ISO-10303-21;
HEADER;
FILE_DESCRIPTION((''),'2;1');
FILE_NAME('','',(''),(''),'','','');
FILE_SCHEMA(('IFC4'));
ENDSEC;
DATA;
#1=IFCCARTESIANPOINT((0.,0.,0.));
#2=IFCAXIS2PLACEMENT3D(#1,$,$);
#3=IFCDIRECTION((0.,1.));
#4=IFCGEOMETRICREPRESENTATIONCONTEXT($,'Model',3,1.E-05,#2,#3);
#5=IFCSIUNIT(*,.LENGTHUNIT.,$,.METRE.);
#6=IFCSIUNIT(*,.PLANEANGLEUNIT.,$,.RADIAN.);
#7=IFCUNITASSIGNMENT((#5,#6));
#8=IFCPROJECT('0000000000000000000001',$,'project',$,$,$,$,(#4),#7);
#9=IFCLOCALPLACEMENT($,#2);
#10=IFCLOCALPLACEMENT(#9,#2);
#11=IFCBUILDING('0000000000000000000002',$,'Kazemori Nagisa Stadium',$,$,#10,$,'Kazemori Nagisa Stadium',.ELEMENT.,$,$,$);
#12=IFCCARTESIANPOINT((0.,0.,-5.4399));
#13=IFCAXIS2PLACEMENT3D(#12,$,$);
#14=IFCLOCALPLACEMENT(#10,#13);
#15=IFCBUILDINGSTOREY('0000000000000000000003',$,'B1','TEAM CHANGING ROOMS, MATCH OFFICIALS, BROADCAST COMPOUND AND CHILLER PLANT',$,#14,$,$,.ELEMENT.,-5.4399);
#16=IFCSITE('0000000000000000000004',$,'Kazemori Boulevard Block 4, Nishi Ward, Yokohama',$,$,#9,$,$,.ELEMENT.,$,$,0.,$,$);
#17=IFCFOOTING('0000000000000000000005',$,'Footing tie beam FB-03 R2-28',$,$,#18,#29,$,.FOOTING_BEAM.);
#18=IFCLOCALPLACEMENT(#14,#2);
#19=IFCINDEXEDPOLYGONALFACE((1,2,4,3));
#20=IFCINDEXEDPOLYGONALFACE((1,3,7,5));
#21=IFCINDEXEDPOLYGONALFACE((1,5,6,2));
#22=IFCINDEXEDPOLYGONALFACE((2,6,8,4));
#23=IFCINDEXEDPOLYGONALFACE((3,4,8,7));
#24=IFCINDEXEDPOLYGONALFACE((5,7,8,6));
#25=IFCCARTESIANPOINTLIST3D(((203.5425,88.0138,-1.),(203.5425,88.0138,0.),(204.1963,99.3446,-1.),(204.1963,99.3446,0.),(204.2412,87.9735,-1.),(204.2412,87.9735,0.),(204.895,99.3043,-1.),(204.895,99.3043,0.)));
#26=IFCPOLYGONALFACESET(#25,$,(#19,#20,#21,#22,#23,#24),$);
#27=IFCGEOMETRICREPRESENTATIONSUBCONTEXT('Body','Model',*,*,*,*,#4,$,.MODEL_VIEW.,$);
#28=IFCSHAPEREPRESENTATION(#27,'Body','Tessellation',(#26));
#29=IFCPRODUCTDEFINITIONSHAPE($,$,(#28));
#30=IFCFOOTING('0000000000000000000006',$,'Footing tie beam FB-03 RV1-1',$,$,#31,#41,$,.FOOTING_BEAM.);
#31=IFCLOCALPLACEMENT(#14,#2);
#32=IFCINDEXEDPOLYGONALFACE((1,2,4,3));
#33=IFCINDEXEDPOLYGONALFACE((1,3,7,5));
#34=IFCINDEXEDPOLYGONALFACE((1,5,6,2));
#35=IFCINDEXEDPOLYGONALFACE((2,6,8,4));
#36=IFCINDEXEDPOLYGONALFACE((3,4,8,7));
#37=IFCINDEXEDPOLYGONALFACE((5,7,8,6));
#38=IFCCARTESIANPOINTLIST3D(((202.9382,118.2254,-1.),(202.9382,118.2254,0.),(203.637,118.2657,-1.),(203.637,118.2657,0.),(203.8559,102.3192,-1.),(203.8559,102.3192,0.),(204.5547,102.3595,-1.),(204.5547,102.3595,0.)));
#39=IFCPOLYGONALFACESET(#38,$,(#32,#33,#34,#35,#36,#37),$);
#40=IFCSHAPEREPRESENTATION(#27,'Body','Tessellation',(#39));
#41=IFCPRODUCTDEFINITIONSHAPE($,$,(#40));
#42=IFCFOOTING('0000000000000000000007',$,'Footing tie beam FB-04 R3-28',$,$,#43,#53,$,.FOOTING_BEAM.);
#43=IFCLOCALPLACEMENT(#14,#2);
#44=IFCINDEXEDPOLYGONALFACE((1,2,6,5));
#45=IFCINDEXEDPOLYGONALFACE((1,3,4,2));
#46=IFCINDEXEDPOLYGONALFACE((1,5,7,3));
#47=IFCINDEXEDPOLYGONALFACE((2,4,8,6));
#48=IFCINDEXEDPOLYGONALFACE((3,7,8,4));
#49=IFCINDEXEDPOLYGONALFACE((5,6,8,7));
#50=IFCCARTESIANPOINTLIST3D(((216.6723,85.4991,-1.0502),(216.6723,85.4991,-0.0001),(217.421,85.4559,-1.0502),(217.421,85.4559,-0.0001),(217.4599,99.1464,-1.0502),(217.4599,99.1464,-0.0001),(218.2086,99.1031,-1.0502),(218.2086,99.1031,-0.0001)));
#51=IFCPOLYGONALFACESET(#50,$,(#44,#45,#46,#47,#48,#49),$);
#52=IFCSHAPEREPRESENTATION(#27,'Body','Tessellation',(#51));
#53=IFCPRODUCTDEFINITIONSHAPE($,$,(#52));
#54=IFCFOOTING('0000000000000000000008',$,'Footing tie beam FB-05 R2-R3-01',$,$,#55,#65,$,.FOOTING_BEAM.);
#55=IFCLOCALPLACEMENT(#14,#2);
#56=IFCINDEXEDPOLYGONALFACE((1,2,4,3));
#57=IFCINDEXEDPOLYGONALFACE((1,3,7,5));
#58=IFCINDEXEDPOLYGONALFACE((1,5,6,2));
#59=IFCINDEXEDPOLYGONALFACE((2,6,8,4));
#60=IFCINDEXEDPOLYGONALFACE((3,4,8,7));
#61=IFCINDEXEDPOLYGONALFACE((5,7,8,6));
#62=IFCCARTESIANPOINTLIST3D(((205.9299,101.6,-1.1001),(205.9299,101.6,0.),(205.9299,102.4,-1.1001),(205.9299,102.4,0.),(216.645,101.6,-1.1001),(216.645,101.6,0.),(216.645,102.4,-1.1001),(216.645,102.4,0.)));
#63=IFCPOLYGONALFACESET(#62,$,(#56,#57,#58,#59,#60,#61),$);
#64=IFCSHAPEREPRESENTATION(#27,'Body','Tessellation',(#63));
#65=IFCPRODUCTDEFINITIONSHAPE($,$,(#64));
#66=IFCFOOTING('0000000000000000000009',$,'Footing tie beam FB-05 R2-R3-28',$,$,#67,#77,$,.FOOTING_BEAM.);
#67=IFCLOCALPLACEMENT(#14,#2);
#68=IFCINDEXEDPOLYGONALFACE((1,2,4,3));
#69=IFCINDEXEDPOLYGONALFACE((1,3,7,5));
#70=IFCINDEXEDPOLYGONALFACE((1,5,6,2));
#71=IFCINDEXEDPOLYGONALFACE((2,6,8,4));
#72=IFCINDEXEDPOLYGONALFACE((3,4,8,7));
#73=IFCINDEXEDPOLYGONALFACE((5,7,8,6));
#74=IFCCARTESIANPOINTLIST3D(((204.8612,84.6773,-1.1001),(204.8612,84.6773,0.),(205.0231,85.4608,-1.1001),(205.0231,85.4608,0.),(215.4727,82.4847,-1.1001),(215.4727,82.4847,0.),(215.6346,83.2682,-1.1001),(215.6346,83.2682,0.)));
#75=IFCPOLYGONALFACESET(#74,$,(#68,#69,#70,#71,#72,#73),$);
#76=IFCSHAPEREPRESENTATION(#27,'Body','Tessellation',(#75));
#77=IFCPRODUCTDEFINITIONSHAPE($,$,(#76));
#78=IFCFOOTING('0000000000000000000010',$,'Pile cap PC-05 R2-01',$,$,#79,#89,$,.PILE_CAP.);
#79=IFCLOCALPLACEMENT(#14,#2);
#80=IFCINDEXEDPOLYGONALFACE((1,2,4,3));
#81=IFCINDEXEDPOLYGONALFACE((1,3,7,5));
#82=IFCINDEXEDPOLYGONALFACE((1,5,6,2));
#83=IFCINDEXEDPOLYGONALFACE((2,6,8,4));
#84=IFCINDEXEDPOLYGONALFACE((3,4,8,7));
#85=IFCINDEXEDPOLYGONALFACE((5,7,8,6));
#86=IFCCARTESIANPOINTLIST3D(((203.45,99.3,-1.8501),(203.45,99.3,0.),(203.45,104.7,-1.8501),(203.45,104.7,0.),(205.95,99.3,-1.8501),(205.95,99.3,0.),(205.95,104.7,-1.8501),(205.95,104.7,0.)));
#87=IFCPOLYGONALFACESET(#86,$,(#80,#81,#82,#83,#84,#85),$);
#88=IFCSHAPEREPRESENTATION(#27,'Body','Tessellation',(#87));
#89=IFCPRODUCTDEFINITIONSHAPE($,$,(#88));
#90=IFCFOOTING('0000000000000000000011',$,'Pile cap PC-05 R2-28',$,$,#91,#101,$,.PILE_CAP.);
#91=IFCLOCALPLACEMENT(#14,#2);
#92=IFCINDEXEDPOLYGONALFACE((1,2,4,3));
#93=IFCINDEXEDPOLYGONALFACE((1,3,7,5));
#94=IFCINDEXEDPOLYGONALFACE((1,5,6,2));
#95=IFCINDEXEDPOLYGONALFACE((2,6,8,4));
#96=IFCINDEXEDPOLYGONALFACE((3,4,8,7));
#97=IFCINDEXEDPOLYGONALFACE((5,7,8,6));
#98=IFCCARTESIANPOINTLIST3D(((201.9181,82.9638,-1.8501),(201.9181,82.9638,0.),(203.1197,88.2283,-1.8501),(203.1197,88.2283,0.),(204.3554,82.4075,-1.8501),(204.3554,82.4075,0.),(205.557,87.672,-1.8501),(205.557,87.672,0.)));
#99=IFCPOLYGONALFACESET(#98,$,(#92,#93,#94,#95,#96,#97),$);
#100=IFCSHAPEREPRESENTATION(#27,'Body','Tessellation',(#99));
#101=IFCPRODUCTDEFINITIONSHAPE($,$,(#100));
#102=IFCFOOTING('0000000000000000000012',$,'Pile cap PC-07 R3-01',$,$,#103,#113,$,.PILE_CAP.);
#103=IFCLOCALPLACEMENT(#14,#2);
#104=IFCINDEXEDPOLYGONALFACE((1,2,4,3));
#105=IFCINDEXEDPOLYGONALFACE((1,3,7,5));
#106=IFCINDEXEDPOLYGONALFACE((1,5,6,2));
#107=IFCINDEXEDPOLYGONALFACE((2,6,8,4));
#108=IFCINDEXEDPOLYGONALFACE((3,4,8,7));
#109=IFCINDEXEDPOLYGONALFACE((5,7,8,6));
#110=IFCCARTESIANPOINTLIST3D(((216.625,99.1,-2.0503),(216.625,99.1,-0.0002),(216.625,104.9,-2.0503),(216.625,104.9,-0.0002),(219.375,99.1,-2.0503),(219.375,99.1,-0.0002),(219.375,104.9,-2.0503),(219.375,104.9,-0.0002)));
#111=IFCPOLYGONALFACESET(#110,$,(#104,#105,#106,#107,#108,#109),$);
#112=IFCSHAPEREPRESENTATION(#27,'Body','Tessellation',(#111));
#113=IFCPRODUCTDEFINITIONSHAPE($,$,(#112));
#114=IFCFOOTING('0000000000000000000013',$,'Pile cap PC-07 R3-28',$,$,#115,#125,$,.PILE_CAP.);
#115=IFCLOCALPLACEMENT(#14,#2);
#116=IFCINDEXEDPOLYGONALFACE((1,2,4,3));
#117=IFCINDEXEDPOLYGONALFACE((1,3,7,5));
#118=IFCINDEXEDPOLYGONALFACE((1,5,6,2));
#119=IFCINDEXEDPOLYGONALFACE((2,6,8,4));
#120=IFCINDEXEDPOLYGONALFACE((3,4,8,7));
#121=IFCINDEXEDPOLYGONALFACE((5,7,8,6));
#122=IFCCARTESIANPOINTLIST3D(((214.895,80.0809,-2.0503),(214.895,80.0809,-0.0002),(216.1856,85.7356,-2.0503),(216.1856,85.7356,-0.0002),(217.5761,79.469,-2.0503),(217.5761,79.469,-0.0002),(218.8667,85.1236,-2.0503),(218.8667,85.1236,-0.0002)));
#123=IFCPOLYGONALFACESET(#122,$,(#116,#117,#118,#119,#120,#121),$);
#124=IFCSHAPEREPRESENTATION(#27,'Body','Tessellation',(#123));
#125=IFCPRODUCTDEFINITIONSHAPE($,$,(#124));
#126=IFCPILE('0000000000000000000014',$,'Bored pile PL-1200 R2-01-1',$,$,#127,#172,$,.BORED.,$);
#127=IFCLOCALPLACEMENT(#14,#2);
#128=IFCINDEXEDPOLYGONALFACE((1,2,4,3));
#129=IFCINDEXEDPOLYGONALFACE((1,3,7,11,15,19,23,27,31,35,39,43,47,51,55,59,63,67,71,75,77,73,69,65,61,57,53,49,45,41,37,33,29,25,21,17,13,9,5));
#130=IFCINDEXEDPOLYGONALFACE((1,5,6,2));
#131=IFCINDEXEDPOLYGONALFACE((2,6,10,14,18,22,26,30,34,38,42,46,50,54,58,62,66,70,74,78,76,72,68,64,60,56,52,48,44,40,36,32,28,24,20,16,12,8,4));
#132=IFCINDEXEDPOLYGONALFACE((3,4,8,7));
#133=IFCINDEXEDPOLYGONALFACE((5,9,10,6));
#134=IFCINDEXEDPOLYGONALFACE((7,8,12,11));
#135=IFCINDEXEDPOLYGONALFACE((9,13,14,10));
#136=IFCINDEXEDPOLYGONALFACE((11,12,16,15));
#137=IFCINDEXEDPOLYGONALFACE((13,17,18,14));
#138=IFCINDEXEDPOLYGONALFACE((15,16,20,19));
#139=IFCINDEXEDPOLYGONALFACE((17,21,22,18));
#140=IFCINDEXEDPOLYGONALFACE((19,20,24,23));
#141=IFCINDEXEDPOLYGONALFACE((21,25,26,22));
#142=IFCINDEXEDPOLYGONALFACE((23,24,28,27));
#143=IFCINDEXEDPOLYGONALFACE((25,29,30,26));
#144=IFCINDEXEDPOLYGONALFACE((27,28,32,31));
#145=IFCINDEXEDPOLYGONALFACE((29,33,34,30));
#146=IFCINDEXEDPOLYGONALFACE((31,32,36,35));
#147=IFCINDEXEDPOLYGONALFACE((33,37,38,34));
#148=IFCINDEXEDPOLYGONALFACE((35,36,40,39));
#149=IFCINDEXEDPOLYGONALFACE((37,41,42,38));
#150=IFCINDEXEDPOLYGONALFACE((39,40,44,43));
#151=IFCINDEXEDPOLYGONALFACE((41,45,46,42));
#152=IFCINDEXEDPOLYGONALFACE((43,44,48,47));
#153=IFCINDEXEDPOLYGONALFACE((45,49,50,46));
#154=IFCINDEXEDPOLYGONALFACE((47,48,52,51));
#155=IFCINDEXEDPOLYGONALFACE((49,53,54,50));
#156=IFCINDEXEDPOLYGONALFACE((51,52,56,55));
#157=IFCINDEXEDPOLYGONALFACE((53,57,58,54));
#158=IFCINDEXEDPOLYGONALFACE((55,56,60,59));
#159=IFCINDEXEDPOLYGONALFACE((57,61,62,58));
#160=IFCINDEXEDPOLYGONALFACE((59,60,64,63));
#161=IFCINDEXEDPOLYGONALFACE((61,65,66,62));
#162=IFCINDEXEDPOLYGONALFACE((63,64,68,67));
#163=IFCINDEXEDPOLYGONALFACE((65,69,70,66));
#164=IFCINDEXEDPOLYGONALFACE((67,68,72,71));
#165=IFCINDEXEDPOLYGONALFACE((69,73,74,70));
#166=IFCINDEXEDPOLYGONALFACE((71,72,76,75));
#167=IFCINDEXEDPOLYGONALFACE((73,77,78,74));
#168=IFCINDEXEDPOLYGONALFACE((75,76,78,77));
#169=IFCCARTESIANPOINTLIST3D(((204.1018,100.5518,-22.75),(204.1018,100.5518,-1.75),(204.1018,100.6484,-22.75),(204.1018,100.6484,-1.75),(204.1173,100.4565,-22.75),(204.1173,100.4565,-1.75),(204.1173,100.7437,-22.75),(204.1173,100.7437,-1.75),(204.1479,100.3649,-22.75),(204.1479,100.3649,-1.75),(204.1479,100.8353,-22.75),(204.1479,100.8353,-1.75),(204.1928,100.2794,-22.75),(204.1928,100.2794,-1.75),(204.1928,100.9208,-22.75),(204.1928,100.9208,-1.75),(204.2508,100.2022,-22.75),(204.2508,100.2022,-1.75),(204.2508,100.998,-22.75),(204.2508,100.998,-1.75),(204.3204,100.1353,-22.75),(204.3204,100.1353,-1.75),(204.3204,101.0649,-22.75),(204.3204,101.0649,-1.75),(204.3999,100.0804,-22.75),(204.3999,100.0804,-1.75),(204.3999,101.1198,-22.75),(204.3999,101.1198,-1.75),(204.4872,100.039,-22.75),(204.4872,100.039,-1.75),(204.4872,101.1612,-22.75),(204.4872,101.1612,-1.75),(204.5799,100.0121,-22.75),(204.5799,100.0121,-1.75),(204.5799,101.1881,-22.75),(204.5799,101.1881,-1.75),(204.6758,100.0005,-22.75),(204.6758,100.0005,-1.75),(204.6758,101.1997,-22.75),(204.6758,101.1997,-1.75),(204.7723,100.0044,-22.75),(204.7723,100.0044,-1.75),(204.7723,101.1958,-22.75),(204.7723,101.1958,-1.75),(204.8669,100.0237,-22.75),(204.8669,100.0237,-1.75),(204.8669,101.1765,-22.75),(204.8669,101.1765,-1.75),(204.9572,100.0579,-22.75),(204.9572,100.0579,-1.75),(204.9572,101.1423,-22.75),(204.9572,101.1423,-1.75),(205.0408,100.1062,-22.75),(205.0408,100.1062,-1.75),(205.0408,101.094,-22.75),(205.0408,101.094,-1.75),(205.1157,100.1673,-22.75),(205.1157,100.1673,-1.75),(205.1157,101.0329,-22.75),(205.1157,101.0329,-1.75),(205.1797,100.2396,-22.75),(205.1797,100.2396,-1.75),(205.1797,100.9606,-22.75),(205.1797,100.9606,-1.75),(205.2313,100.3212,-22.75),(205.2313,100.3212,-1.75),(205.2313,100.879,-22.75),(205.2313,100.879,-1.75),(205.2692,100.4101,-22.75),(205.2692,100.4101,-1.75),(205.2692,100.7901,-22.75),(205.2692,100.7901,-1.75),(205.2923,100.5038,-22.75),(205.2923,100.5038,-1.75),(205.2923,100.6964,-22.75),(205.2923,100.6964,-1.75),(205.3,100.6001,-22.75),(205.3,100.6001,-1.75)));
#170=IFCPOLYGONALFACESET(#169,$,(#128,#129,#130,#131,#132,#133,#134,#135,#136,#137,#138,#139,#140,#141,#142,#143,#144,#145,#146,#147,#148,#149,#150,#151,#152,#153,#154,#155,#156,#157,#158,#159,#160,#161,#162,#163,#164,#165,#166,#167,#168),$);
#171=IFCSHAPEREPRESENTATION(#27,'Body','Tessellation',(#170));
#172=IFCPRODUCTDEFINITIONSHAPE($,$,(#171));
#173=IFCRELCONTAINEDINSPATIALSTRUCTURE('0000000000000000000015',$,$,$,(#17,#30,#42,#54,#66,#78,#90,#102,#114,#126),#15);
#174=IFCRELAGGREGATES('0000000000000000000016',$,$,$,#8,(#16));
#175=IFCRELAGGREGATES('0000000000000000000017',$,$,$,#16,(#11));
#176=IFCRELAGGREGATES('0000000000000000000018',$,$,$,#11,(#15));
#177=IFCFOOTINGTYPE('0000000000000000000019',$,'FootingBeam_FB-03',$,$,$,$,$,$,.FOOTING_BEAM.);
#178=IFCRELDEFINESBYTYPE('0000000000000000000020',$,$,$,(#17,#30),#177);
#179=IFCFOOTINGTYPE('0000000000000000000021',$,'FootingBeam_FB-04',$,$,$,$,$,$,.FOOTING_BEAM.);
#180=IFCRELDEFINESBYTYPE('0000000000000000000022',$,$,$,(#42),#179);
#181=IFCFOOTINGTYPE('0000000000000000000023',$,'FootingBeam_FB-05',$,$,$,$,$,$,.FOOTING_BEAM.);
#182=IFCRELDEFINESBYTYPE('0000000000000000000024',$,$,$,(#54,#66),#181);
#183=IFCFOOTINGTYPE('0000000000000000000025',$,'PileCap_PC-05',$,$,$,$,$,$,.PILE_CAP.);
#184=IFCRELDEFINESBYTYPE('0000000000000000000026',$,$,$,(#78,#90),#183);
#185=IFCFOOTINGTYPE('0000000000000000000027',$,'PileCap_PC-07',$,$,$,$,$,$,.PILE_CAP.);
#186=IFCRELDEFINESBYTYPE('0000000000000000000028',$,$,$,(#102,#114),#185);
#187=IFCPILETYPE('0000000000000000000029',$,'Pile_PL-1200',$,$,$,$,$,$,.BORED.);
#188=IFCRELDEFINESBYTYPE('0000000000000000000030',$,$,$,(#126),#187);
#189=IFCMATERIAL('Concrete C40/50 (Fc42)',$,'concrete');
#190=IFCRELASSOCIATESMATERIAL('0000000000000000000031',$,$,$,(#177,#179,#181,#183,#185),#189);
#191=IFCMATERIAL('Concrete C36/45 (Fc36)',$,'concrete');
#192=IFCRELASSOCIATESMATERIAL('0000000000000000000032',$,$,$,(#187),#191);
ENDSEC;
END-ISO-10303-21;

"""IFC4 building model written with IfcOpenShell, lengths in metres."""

from ifc_helpers import new_model, si_unit, direction, frame, origin, origin_2d, place, context, subcontext, project, spatial, rectangle, circle, extrude, material, material_profile, profile_set, type_object, element, save


model = new_model("IFC4")

# Units and contexts
model_context = context("Model", 3, precision=1e-05, world=origin(), true_north=direction((0.0, 1.0)))
body_context = subcontext(model_context, "Body", "Model", "MODEL_VIEW")
ifc_project = project(units=[si_unit("LENGTHUNIT", "METRE"), si_unit("PLANEANGLEUNIT", "RADIAN")], contexts=[model_context])

# Site, building, storey
site_placement = place(None, origin())
site = spatial("IfcSite", under=ifc_project, at=site_placement, Name="Kazemori Boulevard Block 4, Nishi Ward, Yokohama", CompositionType="ELEMENT", RefElevation=0.0)
building_placement = place(site_placement, origin())
building = spatial("IfcBuilding", under=site, at=building_placement, Name="Kazemori Nagisa Stadium", LongName="Kazemori Nagisa Stadium", CompositionType="ELEMENT")
storey_placement = place(building_placement, frame((0.0, 0.0, -5.4399)))
storey = spatial("IfcBuildingStorey", under=building, at=storey_placement, Name="B1", Description="TEAM CHANGING ROOMS, MATCH OFFICIALS, BROADCAST COMPOUND AND CHILLER PLANT", CompositionType="ELEMENT", Elevation=-5.4399)

# Footings
ifc_material_1 = material(Name="Concrete C40/50 (Fc42)", Category="concrete")
ifc_material_profile_1 = material_profile(ifc_material_1, rectangle(XDim=0.7, YDim=1.0, at=origin_2d()), Name="RC-FB-700x1000")
ifc_profile_set_1 = profile_set([ifc_material_profile_1], Name="Concrete C40/50 (Fc42)")
footing_type_1 = type_object("IfcFootingType", Name="FootingBeam_FB-03", PredefinedType="FOOTING_BEAM", material=ifc_profile_set_1)
footing_1_placement = place(storey_placement, frame((203.8918, 87.9937, -0.5), z_axis=(0.057606, 0.998339, 0.0), x_axis=(-0.998339, 0.057606, 0.0)))
element("IfcFooting", 1, at=footing_1_placement, inside=storey, type_object=footing_type_1, Name="Footing tie beam FB-03 R2-28", PredefinedType="FOOTING_BEAM", context=body_context, shape_type="SweptSolid", body=[
    extrude(rectangle(XDim=0.7, YDim=1.0, at=origin_2d()), origin(), (0.0, 0.0, 1.0), 11.3496),
])
footing_2_placement = place(storey_placement, frame((204.2053, 102.3394, -0.5), z_axis=(-0.0576, 0.99834, 0.0), x_axis=(-0.99834, -0.0576, 0.0)))
element("IfcFooting", 2, at=footing_2_placement, inside=storey, type_object=footing_type_1, Name="Footing tie beam FB-03 RV1-1", PredefinedType="FOOTING_BEAM", context=body_context, shape_type="SweptSolid", body=[
    extrude(rectangle(XDim=0.7, YDim=1.0, at=origin_2d()), origin(), (0.0, 0.0, 1.0), 15.9326),
])
ifc_material_profile_2 = material_profile(ifc_material_1, rectangle(XDim=0.75, YDim=1.05, at=origin_2d()), Name="RC-FB-750x1050")
ifc_profile_set_2 = profile_set([ifc_material_profile_2], Name="Concrete C40/50 (Fc42)")
footing_type_2 = type_object("IfcFootingType", Name="FootingBeam_FB-04", PredefinedType="FOOTING_BEAM", material=ifc_profile_set_2)
footing_3_placement = place(storey_placement, frame((217.0466, 85.4775, -0.5251), z_axis=(0.057615, 0.998339, 0.0), x_axis=(-0.998339, 0.057615, 0.0)))
element("IfcFooting", 3, at=footing_3_placement, inside=storey, type_object=footing_type_2, Name="Footing tie beam FB-04 R3-28", PredefinedType="FOOTING_BEAM", context=body_context, shape_type="SweptSolid", body=[
    extrude(rectangle(XDim=0.75, YDim=1.05, at=origin_2d()), origin(), (0.0, 0.0, 1.0), 13.6699),
])
ifc_material_profile_3 = material_profile(ifc_material_1, rectangle(XDim=0.8, YDim=1.1001, at=origin_2d()), Name="RC-FB-800x1100")
ifc_profile_set_3 = profile_set([ifc_material_profile_3], Name="Concrete C40/50 (Fc42)")
footing_type_3 = type_object("IfcFootingType", Name="FootingBeam_FB-05", PredefinedType="FOOTING_BEAM", material=ifc_profile_set_3)
footing_4_placement = place(storey_placement, frame((205.9299, 102.0, -0.55), z_axis=(1.0, 0.0, 0.0), x_axis=(0.0, 1.0, 0.0)))
element("IfcFooting", 4, at=footing_4_placement, inside=storey, type_object=footing_type_3, Name="Footing tie beam FB-05 R2-R3-01", PredefinedType="FOOTING_BEAM", context=body_context, shape_type="SweptSolid", body=[
    extrude(rectangle(XDim=0.8, YDim=1.1001, at=origin_2d()), origin(), (0.0, 0.0, 1.0), 10.7151),
])
footing_5_placement = place(storey_placement, frame((204.9421, 85.0691, -0.55), z_axis=(0.979313, -0.202352, 0.0), x_axis=(0.202352, 0.979313, 0.0)))
element("IfcFooting", 5, at=footing_5_placement, inside=storey, type_object=footing_type_3, Name="Footing tie beam FB-05 R2-R3-28", PredefinedType="FOOTING_BEAM", context=body_context, shape_type="SweptSolid", body=[
    extrude(rectangle(XDim=0.8, YDim=1.1001, at=origin_2d()), origin(), (0.0, 0.0, 1.0), 10.8357),
])
footing_type_4 = type_object("IfcFootingType", Name="PileCap_PC-05", PredefinedType="PILE_CAP", material=ifc_material_1)
for number, where, z_axis, x_axis, name in (
    (6, (204.7, 102.0, -1.8501), (0.0, 0.0, 1.0), (0.0, 1.0, 0.0), "Pile cap PC-05 R2-01"),
    (7, (203.7375, 85.3179, -1.8501), (0.0, 0.0, 1.0), (0.222521, 0.974928, 0.0), "Pile cap PC-05 R2-28"),
):
    element("IfcFooting", number, at=place(storey_placement, frame(where, z_axis=z_axis, x_axis=x_axis)), inside=storey, type_object=footing_type_4, Name=name, PredefinedType="PILE_CAP", context=body_context, shape_type="SweptSolid", body=[
        extrude(rectangle(XDim=5.3999, YDim=2.5, at=origin_2d()), origin(), (0.0, 0.0, 1.0), 1.8501),
    ])
footing_type_5 = type_object("IfcFootingType", Name="PileCap_PC-07", PredefinedType="PILE_CAP", material=ifc_material_1)
for number, where, z_axis, x_axis, name in (
    (8, (218.0, 102.0, -2.0503), (0.0, 0.0, 1.0), (0.0, 1.0, 0.0), "Pile cap PC-07 R3-01"),
    (9, (216.8809, 82.6023, -2.0503), (0.0, 0.0, 1.0), (0.222521, 0.974928, 0.0), "Pile cap PC-07 R3-28"),
):
    element("IfcFooting", number, at=place(storey_placement, frame(where, z_axis=z_axis, x_axis=x_axis)), inside=storey, type_object=footing_type_5, Name=name, PredefinedType="PILE_CAP", context=body_context, shape_type="SweptSolid", body=[
        extrude(rectangle(XDim=5.8, YDim=2.75, at=origin_2d()), origin(), (0.0, 0.0, 1.0), 2.05),
    ])

# Pile
ifc_material_2 = material(Name="Concrete C36/45 (Fc36)", Category="concrete")
ifc_material_profile_4 = material_profile(ifc_material_2, circle(Radius=0.6001, at=origin_2d()), Name="PILE-D1200")
ifc_profile_set_4 = profile_set([ifc_material_profile_4], Name="Concrete C36/45 (Fc36)")
pile_type_1 = type_object("IfcPileType", Name="Pile_PL-1200", PredefinedType="BORED", material=ifc_profile_set_4)
for number, where, z_axis, x_axis, name in (
    (10, (204.7, 100.6001, -1.75), (0.0, 0.0, -1.0), (1.0, 0.0, 0.0), "Bored pile PL-1200 R2-01-1"),
):
    element("IfcPile", number, at=place(storey_placement, frame(where, z_axis=z_axis, x_axis=x_axis)), inside=storey, type_object=pile_type_1, Name=name, PredefinedType="BORED", context=body_context, shape_type="SweptSolid", body=[
        extrude(circle(Radius=0.6001, at=origin_2d()), origin(), (0.0, 0.0, 1.0), 21.0),
    ])

save(model, "model.ifc")
